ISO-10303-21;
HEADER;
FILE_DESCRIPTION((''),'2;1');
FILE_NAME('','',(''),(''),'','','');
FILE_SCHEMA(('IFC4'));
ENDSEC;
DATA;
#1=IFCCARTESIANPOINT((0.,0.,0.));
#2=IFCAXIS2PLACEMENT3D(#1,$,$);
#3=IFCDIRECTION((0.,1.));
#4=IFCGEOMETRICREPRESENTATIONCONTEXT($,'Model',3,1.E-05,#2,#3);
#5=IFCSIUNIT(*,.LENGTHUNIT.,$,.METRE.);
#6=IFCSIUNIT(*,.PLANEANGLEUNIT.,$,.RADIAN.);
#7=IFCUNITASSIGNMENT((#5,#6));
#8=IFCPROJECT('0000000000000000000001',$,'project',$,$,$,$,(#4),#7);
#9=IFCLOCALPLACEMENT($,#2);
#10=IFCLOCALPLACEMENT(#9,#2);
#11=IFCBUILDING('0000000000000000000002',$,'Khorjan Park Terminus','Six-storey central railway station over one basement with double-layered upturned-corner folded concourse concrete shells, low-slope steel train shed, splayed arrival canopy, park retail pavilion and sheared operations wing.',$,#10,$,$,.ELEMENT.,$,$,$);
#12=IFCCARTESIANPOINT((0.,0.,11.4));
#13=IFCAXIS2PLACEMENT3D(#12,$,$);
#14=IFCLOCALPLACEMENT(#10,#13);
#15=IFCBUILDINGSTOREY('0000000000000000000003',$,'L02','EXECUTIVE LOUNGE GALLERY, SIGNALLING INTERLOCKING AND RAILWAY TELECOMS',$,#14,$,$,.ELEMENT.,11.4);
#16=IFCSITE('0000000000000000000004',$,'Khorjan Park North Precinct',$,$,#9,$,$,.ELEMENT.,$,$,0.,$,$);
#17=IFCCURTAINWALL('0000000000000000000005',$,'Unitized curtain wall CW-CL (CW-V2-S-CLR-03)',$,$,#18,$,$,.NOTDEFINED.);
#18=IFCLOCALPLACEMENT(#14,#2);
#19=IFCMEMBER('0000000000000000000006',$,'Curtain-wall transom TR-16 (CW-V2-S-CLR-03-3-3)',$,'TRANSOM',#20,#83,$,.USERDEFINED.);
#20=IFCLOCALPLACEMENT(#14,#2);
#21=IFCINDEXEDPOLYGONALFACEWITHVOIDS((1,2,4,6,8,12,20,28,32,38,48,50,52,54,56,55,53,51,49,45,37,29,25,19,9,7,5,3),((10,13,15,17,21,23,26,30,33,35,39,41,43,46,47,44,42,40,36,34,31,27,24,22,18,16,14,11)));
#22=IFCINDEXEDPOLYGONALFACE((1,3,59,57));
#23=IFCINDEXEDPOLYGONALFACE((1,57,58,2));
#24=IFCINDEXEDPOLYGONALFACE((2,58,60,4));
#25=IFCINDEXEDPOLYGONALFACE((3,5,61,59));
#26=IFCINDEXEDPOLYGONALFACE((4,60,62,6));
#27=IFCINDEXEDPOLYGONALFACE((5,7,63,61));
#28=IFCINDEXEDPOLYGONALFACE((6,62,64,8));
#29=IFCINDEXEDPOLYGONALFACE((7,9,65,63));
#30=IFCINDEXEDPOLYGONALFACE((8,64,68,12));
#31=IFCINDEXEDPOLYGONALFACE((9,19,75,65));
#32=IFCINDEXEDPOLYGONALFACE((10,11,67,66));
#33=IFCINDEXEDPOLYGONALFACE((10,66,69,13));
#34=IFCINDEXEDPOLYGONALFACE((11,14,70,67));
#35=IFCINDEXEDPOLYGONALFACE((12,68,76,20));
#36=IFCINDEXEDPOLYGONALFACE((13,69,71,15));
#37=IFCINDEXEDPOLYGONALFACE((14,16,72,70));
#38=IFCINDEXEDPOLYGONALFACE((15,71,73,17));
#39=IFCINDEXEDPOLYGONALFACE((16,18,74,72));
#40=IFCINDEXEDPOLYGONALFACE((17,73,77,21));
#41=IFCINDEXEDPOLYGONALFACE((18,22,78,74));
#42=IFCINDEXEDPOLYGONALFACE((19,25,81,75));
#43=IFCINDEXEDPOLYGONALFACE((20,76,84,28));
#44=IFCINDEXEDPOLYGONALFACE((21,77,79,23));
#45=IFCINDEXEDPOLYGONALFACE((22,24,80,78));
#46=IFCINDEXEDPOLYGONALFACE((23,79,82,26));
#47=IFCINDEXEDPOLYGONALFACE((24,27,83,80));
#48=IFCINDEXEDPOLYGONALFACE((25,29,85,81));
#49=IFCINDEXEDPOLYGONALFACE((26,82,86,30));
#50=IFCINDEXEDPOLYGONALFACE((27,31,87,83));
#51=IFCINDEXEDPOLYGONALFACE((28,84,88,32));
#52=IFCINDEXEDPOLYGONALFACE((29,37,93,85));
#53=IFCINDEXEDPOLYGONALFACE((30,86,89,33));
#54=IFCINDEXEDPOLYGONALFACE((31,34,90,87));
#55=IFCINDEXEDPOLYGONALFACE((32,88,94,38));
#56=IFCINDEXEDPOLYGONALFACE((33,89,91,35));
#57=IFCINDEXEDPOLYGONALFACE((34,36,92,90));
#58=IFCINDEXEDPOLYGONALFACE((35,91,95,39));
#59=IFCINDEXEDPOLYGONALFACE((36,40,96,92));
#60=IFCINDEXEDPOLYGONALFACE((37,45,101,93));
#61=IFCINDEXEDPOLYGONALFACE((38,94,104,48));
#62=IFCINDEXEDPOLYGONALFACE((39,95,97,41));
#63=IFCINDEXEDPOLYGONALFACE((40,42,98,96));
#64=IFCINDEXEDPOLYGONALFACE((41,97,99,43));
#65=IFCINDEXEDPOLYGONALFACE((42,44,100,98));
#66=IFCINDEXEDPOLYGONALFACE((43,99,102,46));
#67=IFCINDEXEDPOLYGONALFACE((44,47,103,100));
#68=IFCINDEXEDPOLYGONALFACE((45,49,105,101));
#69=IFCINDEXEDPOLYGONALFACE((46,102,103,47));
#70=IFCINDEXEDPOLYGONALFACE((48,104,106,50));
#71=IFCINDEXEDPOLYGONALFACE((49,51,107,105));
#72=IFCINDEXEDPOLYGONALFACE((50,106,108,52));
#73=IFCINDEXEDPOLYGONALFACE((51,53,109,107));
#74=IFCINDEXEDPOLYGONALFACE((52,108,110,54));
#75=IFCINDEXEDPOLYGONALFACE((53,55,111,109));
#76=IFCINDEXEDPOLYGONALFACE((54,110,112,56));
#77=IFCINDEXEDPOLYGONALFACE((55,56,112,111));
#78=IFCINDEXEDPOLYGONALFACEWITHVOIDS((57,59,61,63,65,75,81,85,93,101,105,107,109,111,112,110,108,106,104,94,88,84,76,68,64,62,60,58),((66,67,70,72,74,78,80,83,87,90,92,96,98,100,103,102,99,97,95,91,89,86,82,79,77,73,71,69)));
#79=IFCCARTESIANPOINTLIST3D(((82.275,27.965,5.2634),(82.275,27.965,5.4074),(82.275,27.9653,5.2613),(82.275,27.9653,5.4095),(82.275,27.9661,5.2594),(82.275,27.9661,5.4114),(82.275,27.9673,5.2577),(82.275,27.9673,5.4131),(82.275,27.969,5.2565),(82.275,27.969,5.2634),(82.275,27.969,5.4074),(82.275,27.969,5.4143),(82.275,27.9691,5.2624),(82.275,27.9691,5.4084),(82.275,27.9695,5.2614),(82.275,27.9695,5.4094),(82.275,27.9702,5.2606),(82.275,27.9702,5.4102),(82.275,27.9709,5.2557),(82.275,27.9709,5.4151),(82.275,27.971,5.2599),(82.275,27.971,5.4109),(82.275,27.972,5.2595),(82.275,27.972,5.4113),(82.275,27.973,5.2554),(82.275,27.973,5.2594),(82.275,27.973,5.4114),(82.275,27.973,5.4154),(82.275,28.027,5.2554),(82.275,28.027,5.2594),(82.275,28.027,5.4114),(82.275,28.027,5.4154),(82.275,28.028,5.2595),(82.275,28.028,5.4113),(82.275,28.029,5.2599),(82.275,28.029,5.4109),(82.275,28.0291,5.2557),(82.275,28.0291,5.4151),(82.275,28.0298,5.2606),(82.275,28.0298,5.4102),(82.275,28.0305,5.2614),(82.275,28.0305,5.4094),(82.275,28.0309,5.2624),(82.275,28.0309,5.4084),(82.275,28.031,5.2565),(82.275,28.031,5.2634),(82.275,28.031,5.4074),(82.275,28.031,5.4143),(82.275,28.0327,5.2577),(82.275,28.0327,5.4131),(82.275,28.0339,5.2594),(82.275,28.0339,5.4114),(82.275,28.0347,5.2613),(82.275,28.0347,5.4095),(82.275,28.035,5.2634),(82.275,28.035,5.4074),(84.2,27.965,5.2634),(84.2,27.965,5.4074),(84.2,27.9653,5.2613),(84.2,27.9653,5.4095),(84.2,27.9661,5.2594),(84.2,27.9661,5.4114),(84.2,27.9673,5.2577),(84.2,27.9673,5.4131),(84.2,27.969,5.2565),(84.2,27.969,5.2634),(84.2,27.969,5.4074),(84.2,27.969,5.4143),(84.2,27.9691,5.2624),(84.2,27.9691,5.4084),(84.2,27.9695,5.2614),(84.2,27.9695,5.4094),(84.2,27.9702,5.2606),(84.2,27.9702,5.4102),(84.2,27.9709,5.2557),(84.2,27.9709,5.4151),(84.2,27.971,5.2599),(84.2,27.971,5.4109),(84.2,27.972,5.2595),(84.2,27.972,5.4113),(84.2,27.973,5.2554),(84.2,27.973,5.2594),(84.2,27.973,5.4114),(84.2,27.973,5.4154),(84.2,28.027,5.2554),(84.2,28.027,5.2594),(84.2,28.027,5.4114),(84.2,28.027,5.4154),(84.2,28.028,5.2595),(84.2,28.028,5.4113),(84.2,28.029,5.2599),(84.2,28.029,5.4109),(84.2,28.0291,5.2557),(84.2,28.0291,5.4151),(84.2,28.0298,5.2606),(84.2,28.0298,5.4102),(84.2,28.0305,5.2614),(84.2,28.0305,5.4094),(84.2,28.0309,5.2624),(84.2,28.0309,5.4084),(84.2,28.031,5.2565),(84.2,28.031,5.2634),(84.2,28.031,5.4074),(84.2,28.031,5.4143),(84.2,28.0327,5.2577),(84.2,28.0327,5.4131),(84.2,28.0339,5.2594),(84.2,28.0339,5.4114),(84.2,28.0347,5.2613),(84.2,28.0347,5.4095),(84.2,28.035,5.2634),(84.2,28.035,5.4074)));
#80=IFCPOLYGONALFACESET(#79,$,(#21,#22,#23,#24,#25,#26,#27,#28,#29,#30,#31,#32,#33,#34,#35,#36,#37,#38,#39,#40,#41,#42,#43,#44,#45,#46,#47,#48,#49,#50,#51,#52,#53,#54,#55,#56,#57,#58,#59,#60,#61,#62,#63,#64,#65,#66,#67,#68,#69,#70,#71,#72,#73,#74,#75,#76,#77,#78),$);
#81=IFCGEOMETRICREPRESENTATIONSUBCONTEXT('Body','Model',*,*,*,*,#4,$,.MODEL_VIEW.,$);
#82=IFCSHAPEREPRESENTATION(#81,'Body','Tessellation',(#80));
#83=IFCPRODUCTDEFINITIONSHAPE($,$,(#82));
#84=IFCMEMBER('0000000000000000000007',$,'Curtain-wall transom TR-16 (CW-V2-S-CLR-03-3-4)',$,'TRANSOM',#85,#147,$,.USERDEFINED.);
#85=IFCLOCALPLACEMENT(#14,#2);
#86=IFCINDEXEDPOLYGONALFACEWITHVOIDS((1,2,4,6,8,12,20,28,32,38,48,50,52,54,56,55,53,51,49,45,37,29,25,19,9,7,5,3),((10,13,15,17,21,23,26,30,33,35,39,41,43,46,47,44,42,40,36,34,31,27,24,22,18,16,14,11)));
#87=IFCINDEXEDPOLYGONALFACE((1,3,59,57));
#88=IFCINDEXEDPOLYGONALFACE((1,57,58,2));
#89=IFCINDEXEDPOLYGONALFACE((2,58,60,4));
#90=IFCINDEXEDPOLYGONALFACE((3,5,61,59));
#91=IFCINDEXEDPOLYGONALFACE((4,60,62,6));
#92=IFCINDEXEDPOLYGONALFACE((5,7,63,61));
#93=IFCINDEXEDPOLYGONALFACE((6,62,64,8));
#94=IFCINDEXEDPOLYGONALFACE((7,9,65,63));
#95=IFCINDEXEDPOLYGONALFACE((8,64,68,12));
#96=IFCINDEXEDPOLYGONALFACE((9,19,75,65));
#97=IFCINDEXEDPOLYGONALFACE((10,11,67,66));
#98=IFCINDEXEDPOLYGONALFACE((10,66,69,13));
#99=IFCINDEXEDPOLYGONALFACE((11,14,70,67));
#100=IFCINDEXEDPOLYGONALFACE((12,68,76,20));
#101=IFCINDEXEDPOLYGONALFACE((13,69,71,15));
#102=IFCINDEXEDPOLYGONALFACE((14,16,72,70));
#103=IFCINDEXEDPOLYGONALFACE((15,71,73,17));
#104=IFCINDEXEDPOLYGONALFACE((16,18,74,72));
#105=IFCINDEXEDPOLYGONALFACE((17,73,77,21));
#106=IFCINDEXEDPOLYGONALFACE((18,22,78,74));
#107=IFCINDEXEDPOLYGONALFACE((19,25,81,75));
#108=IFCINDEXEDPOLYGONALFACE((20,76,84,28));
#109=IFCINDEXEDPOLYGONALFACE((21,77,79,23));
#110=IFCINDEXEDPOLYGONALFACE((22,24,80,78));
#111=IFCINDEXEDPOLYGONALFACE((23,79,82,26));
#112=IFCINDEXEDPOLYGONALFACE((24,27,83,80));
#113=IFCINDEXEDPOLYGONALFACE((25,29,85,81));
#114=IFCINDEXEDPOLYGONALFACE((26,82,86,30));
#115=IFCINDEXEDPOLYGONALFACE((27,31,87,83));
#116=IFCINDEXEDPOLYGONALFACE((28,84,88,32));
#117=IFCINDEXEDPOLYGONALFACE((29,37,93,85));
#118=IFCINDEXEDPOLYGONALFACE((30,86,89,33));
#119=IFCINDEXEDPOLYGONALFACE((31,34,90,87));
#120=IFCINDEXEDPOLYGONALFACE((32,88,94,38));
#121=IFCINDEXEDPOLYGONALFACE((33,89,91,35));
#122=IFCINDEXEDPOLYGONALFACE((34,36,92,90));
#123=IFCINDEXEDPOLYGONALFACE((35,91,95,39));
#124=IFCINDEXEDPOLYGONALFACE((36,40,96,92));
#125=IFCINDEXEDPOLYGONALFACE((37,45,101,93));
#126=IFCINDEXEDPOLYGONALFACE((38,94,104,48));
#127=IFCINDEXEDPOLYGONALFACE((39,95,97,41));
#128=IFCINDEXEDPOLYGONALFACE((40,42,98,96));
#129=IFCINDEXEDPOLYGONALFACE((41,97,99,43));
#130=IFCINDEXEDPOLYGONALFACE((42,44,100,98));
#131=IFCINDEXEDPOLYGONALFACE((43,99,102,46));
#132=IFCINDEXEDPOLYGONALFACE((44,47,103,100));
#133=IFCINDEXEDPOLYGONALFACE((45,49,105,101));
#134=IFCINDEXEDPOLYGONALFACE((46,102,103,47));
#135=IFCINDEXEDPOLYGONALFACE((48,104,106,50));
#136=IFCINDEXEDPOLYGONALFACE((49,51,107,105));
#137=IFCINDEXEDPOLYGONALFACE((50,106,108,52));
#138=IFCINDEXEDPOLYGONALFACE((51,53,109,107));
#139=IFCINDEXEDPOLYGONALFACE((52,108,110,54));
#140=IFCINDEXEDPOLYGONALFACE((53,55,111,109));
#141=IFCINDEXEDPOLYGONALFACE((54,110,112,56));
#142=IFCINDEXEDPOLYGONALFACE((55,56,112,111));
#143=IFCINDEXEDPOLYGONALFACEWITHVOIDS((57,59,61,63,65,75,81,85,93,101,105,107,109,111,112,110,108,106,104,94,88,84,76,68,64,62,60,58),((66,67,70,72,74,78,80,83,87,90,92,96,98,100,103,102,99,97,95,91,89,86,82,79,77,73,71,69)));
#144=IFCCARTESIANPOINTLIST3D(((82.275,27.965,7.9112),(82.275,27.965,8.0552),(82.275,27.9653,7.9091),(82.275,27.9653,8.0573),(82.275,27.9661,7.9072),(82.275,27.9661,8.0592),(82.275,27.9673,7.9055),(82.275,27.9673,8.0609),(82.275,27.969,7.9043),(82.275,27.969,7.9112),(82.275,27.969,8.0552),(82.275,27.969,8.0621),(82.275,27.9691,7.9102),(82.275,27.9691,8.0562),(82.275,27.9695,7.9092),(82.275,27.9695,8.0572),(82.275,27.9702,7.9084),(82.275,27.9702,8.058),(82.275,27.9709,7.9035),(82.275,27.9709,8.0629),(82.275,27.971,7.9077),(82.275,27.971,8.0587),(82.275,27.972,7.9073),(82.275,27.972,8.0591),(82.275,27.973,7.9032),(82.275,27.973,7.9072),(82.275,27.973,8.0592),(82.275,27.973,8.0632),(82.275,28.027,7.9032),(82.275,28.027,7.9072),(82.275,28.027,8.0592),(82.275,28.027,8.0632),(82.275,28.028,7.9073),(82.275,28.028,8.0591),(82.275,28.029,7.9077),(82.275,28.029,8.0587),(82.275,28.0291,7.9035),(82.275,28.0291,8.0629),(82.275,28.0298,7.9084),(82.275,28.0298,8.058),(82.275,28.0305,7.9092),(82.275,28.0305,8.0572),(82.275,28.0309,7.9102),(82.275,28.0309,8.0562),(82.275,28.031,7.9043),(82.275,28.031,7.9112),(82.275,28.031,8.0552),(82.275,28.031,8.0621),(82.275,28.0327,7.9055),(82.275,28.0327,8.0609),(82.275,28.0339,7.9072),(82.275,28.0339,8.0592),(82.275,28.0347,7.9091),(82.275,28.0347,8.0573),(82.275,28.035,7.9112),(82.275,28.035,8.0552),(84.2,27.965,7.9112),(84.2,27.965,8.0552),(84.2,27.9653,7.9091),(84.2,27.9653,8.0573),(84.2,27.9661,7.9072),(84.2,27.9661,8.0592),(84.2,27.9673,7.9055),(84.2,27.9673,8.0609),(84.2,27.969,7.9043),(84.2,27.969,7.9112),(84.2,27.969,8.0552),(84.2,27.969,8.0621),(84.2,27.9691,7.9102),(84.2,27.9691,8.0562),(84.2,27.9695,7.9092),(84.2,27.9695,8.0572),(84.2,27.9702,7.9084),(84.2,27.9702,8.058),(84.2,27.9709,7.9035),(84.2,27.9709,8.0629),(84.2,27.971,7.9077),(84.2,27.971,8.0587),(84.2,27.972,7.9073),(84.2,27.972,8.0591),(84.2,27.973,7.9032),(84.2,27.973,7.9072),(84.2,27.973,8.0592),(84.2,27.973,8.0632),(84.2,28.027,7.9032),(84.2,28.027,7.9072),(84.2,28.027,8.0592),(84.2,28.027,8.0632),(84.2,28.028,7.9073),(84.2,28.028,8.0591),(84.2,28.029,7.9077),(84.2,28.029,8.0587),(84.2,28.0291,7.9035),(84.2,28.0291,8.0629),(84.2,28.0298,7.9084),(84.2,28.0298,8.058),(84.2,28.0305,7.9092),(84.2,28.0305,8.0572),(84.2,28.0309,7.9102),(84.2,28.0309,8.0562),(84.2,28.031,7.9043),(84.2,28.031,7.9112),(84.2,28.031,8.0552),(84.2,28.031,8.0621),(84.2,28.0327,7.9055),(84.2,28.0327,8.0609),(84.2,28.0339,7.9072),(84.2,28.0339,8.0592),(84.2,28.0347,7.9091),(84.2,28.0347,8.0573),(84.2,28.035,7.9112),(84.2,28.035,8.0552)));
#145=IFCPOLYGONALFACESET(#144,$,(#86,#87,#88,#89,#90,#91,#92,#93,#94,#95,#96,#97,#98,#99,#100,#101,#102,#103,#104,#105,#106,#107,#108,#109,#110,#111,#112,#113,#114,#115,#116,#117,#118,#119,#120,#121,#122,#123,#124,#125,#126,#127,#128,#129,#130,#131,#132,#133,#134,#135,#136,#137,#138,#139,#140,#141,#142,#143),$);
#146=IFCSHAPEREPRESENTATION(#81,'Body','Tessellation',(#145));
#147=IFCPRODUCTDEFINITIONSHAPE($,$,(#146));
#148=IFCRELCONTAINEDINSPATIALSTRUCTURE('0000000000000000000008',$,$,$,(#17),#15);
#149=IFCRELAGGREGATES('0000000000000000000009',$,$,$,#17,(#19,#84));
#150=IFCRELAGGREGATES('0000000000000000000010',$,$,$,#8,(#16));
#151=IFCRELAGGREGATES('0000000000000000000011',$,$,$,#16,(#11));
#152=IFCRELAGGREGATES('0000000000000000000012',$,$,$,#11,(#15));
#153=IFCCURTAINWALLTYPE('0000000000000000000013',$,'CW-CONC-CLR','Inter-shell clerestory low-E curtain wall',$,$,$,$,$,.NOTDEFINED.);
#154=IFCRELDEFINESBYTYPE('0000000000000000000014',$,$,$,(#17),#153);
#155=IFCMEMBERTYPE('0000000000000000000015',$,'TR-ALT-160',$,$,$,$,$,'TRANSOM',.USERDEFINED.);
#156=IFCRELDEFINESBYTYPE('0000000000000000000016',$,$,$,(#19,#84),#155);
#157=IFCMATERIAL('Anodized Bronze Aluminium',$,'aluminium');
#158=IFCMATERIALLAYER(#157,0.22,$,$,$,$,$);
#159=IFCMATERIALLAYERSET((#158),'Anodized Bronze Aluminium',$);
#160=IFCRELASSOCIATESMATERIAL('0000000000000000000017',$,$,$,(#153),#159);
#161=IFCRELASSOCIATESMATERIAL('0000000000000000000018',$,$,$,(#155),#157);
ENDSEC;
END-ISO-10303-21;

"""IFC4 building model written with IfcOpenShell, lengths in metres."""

from ifc_helpers import new_model, si_unit, direction, frame, origin, origin_2d, place, context, subcontext, project, spatial, hollow_rectangle, extrude, material, layer, layer_set, material_profile, profile_set, type_object, element, aggregate, save


model = new_model("IFC4")

# Units and contexts
model_context = context("Model", 3, precision=1e-05, world=origin(), true_north=direction((0.0, 1.0)))
body_context = subcontext(model_context, "Body", "Model", "MODEL_VIEW")
ifc_project = project(units=[si_unit("LENGTHUNIT", "METRE"), si_unit("PLANEANGLEUNIT", "RADIAN")], contexts=[model_context])

# Site, building, storey
site_placement = place(None, origin())
site = spatial("IfcSite", under=ifc_project, at=site_placement, Name="Khorjan Park North Precinct", CompositionType="ELEMENT", RefElevation=0.0)
building_placement = place(site_placement, origin())
building = spatial("IfcBuilding", under=site, at=building_placement, Name="Khorjan Park Terminus", Description="Six-storey central railway station over one basement with double-layered upturned-corner folded concourse concrete shells, low-slope steel train shed, splayed arrival canopy, park retail pavilion and sheared operations wing.", CompositionType="ELEMENT")
storey_placement = place(building_placement, frame((0.0, 0.0, 11.4)))
storey = spatial("IfcBuildingStorey", under=building, at=storey_placement, Name="L02", Description="EXECUTIVE LOUNGE GALLERY, SIGNALLING INTERLOCKING AND RAILWAY TELECOMS", CompositionType="ELEMENT", Elevation=11.4)

# Curtain wall
ifc_material_1 = material(Name="Anodized Bronze Aluminium", Category="aluminium")
ifc_layer_1 = layer(ifc_material_1, 0.22)
ifc_layer_set_1 = layer_set([ifc_layer_1], Name="Anodized Bronze Aluminium")
curtain_wall_type = type_object("IfcCurtainWallType", Name="CW-CONC-CLR", Description="Inter-shell clerestory low-E curtain wall", PredefinedType="NOTDEFINED", material=ifc_layer_set_1)
curtain_wall_1_placement = place(storey_placement, origin())
curtain_wall_1 = element("IfcCurtainWall", 1, at=curtain_wall_1_placement, inside=storey, type_object=curtain_wall_type, Name="Unitized curtain wall CW-CL (CW-V2-S-CLR-03)", PredefinedType="NOTDEFINED")

# Members
ifc_material_profile_1 = material_profile(ifc_material_1, hollow_rectangle(XDim=0.07, YDim=0.16, WallThickness=0.004, InnerFilletRadius=0.004, OuterFilletRadius=0.008, at=origin_2d()), Name="ALT 70x160x4")
ifc_profile_set_1 = profile_set([ifc_material_profile_1], Name="Anodized Bronze Aluminium")
member_type_1 = type_object("IfcMemberType", Name="TR-ALT-160", ElementType="TRANSOM", PredefinedType="USERDEFINED", material=ifc_profile_set_1)
member_1_placement = place(storey_placement, frame((82.275, 28.0, 5.3354), z_axis=(1.0, 0.0, 0.0), x_axis=(0.0, 1.0, 0.0)))
member_1 = element("IfcMember", 2, at=member_1_placement, type_object=member_type_1, Name="Curtain-wall transom TR-16 (CW-V2-S-CLR-03-3-3)", ObjectType="TRANSOM", PredefinedType="USERDEFINED", context=body_context, shape_type="SweptSolid", body=[
    extrude(hollow_rectangle(XDim=0.07, YDim=0.16, WallThickness=0.004, InnerFilletRadius=0.004, OuterFilletRadius=0.008, at=origin_2d()), origin(), (0.0, 0.0, 1.0), 1.925),
])
member_2_placement = place(storey_placement, frame((82.275, 28.0, 7.9832), z_axis=(1.0, 0.0, 0.0), x_axis=(0.0, 1.0, 0.0)))
member_2 = element("IfcMember", 3, at=member_2_placement, type_object=member_type_1, Name="Curtain-wall transom TR-16 (CW-V2-S-CLR-03-3-4)", ObjectType="TRANSOM", PredefinedType="USERDEFINED", context=body_context, shape_type="SweptSolid", body=[
    extrude(hollow_rectangle(XDim=0.07, YDim=0.16, WallThickness=0.004, InnerFilletRadius=0.004, OuterFilletRadius=0.008, at=origin_2d()), origin(), (0.0, 0.0, 1.0), 1.925),
])

aggregate(curtain_wall_1, [member_1, member_2])

save(model, "model.ifc")
